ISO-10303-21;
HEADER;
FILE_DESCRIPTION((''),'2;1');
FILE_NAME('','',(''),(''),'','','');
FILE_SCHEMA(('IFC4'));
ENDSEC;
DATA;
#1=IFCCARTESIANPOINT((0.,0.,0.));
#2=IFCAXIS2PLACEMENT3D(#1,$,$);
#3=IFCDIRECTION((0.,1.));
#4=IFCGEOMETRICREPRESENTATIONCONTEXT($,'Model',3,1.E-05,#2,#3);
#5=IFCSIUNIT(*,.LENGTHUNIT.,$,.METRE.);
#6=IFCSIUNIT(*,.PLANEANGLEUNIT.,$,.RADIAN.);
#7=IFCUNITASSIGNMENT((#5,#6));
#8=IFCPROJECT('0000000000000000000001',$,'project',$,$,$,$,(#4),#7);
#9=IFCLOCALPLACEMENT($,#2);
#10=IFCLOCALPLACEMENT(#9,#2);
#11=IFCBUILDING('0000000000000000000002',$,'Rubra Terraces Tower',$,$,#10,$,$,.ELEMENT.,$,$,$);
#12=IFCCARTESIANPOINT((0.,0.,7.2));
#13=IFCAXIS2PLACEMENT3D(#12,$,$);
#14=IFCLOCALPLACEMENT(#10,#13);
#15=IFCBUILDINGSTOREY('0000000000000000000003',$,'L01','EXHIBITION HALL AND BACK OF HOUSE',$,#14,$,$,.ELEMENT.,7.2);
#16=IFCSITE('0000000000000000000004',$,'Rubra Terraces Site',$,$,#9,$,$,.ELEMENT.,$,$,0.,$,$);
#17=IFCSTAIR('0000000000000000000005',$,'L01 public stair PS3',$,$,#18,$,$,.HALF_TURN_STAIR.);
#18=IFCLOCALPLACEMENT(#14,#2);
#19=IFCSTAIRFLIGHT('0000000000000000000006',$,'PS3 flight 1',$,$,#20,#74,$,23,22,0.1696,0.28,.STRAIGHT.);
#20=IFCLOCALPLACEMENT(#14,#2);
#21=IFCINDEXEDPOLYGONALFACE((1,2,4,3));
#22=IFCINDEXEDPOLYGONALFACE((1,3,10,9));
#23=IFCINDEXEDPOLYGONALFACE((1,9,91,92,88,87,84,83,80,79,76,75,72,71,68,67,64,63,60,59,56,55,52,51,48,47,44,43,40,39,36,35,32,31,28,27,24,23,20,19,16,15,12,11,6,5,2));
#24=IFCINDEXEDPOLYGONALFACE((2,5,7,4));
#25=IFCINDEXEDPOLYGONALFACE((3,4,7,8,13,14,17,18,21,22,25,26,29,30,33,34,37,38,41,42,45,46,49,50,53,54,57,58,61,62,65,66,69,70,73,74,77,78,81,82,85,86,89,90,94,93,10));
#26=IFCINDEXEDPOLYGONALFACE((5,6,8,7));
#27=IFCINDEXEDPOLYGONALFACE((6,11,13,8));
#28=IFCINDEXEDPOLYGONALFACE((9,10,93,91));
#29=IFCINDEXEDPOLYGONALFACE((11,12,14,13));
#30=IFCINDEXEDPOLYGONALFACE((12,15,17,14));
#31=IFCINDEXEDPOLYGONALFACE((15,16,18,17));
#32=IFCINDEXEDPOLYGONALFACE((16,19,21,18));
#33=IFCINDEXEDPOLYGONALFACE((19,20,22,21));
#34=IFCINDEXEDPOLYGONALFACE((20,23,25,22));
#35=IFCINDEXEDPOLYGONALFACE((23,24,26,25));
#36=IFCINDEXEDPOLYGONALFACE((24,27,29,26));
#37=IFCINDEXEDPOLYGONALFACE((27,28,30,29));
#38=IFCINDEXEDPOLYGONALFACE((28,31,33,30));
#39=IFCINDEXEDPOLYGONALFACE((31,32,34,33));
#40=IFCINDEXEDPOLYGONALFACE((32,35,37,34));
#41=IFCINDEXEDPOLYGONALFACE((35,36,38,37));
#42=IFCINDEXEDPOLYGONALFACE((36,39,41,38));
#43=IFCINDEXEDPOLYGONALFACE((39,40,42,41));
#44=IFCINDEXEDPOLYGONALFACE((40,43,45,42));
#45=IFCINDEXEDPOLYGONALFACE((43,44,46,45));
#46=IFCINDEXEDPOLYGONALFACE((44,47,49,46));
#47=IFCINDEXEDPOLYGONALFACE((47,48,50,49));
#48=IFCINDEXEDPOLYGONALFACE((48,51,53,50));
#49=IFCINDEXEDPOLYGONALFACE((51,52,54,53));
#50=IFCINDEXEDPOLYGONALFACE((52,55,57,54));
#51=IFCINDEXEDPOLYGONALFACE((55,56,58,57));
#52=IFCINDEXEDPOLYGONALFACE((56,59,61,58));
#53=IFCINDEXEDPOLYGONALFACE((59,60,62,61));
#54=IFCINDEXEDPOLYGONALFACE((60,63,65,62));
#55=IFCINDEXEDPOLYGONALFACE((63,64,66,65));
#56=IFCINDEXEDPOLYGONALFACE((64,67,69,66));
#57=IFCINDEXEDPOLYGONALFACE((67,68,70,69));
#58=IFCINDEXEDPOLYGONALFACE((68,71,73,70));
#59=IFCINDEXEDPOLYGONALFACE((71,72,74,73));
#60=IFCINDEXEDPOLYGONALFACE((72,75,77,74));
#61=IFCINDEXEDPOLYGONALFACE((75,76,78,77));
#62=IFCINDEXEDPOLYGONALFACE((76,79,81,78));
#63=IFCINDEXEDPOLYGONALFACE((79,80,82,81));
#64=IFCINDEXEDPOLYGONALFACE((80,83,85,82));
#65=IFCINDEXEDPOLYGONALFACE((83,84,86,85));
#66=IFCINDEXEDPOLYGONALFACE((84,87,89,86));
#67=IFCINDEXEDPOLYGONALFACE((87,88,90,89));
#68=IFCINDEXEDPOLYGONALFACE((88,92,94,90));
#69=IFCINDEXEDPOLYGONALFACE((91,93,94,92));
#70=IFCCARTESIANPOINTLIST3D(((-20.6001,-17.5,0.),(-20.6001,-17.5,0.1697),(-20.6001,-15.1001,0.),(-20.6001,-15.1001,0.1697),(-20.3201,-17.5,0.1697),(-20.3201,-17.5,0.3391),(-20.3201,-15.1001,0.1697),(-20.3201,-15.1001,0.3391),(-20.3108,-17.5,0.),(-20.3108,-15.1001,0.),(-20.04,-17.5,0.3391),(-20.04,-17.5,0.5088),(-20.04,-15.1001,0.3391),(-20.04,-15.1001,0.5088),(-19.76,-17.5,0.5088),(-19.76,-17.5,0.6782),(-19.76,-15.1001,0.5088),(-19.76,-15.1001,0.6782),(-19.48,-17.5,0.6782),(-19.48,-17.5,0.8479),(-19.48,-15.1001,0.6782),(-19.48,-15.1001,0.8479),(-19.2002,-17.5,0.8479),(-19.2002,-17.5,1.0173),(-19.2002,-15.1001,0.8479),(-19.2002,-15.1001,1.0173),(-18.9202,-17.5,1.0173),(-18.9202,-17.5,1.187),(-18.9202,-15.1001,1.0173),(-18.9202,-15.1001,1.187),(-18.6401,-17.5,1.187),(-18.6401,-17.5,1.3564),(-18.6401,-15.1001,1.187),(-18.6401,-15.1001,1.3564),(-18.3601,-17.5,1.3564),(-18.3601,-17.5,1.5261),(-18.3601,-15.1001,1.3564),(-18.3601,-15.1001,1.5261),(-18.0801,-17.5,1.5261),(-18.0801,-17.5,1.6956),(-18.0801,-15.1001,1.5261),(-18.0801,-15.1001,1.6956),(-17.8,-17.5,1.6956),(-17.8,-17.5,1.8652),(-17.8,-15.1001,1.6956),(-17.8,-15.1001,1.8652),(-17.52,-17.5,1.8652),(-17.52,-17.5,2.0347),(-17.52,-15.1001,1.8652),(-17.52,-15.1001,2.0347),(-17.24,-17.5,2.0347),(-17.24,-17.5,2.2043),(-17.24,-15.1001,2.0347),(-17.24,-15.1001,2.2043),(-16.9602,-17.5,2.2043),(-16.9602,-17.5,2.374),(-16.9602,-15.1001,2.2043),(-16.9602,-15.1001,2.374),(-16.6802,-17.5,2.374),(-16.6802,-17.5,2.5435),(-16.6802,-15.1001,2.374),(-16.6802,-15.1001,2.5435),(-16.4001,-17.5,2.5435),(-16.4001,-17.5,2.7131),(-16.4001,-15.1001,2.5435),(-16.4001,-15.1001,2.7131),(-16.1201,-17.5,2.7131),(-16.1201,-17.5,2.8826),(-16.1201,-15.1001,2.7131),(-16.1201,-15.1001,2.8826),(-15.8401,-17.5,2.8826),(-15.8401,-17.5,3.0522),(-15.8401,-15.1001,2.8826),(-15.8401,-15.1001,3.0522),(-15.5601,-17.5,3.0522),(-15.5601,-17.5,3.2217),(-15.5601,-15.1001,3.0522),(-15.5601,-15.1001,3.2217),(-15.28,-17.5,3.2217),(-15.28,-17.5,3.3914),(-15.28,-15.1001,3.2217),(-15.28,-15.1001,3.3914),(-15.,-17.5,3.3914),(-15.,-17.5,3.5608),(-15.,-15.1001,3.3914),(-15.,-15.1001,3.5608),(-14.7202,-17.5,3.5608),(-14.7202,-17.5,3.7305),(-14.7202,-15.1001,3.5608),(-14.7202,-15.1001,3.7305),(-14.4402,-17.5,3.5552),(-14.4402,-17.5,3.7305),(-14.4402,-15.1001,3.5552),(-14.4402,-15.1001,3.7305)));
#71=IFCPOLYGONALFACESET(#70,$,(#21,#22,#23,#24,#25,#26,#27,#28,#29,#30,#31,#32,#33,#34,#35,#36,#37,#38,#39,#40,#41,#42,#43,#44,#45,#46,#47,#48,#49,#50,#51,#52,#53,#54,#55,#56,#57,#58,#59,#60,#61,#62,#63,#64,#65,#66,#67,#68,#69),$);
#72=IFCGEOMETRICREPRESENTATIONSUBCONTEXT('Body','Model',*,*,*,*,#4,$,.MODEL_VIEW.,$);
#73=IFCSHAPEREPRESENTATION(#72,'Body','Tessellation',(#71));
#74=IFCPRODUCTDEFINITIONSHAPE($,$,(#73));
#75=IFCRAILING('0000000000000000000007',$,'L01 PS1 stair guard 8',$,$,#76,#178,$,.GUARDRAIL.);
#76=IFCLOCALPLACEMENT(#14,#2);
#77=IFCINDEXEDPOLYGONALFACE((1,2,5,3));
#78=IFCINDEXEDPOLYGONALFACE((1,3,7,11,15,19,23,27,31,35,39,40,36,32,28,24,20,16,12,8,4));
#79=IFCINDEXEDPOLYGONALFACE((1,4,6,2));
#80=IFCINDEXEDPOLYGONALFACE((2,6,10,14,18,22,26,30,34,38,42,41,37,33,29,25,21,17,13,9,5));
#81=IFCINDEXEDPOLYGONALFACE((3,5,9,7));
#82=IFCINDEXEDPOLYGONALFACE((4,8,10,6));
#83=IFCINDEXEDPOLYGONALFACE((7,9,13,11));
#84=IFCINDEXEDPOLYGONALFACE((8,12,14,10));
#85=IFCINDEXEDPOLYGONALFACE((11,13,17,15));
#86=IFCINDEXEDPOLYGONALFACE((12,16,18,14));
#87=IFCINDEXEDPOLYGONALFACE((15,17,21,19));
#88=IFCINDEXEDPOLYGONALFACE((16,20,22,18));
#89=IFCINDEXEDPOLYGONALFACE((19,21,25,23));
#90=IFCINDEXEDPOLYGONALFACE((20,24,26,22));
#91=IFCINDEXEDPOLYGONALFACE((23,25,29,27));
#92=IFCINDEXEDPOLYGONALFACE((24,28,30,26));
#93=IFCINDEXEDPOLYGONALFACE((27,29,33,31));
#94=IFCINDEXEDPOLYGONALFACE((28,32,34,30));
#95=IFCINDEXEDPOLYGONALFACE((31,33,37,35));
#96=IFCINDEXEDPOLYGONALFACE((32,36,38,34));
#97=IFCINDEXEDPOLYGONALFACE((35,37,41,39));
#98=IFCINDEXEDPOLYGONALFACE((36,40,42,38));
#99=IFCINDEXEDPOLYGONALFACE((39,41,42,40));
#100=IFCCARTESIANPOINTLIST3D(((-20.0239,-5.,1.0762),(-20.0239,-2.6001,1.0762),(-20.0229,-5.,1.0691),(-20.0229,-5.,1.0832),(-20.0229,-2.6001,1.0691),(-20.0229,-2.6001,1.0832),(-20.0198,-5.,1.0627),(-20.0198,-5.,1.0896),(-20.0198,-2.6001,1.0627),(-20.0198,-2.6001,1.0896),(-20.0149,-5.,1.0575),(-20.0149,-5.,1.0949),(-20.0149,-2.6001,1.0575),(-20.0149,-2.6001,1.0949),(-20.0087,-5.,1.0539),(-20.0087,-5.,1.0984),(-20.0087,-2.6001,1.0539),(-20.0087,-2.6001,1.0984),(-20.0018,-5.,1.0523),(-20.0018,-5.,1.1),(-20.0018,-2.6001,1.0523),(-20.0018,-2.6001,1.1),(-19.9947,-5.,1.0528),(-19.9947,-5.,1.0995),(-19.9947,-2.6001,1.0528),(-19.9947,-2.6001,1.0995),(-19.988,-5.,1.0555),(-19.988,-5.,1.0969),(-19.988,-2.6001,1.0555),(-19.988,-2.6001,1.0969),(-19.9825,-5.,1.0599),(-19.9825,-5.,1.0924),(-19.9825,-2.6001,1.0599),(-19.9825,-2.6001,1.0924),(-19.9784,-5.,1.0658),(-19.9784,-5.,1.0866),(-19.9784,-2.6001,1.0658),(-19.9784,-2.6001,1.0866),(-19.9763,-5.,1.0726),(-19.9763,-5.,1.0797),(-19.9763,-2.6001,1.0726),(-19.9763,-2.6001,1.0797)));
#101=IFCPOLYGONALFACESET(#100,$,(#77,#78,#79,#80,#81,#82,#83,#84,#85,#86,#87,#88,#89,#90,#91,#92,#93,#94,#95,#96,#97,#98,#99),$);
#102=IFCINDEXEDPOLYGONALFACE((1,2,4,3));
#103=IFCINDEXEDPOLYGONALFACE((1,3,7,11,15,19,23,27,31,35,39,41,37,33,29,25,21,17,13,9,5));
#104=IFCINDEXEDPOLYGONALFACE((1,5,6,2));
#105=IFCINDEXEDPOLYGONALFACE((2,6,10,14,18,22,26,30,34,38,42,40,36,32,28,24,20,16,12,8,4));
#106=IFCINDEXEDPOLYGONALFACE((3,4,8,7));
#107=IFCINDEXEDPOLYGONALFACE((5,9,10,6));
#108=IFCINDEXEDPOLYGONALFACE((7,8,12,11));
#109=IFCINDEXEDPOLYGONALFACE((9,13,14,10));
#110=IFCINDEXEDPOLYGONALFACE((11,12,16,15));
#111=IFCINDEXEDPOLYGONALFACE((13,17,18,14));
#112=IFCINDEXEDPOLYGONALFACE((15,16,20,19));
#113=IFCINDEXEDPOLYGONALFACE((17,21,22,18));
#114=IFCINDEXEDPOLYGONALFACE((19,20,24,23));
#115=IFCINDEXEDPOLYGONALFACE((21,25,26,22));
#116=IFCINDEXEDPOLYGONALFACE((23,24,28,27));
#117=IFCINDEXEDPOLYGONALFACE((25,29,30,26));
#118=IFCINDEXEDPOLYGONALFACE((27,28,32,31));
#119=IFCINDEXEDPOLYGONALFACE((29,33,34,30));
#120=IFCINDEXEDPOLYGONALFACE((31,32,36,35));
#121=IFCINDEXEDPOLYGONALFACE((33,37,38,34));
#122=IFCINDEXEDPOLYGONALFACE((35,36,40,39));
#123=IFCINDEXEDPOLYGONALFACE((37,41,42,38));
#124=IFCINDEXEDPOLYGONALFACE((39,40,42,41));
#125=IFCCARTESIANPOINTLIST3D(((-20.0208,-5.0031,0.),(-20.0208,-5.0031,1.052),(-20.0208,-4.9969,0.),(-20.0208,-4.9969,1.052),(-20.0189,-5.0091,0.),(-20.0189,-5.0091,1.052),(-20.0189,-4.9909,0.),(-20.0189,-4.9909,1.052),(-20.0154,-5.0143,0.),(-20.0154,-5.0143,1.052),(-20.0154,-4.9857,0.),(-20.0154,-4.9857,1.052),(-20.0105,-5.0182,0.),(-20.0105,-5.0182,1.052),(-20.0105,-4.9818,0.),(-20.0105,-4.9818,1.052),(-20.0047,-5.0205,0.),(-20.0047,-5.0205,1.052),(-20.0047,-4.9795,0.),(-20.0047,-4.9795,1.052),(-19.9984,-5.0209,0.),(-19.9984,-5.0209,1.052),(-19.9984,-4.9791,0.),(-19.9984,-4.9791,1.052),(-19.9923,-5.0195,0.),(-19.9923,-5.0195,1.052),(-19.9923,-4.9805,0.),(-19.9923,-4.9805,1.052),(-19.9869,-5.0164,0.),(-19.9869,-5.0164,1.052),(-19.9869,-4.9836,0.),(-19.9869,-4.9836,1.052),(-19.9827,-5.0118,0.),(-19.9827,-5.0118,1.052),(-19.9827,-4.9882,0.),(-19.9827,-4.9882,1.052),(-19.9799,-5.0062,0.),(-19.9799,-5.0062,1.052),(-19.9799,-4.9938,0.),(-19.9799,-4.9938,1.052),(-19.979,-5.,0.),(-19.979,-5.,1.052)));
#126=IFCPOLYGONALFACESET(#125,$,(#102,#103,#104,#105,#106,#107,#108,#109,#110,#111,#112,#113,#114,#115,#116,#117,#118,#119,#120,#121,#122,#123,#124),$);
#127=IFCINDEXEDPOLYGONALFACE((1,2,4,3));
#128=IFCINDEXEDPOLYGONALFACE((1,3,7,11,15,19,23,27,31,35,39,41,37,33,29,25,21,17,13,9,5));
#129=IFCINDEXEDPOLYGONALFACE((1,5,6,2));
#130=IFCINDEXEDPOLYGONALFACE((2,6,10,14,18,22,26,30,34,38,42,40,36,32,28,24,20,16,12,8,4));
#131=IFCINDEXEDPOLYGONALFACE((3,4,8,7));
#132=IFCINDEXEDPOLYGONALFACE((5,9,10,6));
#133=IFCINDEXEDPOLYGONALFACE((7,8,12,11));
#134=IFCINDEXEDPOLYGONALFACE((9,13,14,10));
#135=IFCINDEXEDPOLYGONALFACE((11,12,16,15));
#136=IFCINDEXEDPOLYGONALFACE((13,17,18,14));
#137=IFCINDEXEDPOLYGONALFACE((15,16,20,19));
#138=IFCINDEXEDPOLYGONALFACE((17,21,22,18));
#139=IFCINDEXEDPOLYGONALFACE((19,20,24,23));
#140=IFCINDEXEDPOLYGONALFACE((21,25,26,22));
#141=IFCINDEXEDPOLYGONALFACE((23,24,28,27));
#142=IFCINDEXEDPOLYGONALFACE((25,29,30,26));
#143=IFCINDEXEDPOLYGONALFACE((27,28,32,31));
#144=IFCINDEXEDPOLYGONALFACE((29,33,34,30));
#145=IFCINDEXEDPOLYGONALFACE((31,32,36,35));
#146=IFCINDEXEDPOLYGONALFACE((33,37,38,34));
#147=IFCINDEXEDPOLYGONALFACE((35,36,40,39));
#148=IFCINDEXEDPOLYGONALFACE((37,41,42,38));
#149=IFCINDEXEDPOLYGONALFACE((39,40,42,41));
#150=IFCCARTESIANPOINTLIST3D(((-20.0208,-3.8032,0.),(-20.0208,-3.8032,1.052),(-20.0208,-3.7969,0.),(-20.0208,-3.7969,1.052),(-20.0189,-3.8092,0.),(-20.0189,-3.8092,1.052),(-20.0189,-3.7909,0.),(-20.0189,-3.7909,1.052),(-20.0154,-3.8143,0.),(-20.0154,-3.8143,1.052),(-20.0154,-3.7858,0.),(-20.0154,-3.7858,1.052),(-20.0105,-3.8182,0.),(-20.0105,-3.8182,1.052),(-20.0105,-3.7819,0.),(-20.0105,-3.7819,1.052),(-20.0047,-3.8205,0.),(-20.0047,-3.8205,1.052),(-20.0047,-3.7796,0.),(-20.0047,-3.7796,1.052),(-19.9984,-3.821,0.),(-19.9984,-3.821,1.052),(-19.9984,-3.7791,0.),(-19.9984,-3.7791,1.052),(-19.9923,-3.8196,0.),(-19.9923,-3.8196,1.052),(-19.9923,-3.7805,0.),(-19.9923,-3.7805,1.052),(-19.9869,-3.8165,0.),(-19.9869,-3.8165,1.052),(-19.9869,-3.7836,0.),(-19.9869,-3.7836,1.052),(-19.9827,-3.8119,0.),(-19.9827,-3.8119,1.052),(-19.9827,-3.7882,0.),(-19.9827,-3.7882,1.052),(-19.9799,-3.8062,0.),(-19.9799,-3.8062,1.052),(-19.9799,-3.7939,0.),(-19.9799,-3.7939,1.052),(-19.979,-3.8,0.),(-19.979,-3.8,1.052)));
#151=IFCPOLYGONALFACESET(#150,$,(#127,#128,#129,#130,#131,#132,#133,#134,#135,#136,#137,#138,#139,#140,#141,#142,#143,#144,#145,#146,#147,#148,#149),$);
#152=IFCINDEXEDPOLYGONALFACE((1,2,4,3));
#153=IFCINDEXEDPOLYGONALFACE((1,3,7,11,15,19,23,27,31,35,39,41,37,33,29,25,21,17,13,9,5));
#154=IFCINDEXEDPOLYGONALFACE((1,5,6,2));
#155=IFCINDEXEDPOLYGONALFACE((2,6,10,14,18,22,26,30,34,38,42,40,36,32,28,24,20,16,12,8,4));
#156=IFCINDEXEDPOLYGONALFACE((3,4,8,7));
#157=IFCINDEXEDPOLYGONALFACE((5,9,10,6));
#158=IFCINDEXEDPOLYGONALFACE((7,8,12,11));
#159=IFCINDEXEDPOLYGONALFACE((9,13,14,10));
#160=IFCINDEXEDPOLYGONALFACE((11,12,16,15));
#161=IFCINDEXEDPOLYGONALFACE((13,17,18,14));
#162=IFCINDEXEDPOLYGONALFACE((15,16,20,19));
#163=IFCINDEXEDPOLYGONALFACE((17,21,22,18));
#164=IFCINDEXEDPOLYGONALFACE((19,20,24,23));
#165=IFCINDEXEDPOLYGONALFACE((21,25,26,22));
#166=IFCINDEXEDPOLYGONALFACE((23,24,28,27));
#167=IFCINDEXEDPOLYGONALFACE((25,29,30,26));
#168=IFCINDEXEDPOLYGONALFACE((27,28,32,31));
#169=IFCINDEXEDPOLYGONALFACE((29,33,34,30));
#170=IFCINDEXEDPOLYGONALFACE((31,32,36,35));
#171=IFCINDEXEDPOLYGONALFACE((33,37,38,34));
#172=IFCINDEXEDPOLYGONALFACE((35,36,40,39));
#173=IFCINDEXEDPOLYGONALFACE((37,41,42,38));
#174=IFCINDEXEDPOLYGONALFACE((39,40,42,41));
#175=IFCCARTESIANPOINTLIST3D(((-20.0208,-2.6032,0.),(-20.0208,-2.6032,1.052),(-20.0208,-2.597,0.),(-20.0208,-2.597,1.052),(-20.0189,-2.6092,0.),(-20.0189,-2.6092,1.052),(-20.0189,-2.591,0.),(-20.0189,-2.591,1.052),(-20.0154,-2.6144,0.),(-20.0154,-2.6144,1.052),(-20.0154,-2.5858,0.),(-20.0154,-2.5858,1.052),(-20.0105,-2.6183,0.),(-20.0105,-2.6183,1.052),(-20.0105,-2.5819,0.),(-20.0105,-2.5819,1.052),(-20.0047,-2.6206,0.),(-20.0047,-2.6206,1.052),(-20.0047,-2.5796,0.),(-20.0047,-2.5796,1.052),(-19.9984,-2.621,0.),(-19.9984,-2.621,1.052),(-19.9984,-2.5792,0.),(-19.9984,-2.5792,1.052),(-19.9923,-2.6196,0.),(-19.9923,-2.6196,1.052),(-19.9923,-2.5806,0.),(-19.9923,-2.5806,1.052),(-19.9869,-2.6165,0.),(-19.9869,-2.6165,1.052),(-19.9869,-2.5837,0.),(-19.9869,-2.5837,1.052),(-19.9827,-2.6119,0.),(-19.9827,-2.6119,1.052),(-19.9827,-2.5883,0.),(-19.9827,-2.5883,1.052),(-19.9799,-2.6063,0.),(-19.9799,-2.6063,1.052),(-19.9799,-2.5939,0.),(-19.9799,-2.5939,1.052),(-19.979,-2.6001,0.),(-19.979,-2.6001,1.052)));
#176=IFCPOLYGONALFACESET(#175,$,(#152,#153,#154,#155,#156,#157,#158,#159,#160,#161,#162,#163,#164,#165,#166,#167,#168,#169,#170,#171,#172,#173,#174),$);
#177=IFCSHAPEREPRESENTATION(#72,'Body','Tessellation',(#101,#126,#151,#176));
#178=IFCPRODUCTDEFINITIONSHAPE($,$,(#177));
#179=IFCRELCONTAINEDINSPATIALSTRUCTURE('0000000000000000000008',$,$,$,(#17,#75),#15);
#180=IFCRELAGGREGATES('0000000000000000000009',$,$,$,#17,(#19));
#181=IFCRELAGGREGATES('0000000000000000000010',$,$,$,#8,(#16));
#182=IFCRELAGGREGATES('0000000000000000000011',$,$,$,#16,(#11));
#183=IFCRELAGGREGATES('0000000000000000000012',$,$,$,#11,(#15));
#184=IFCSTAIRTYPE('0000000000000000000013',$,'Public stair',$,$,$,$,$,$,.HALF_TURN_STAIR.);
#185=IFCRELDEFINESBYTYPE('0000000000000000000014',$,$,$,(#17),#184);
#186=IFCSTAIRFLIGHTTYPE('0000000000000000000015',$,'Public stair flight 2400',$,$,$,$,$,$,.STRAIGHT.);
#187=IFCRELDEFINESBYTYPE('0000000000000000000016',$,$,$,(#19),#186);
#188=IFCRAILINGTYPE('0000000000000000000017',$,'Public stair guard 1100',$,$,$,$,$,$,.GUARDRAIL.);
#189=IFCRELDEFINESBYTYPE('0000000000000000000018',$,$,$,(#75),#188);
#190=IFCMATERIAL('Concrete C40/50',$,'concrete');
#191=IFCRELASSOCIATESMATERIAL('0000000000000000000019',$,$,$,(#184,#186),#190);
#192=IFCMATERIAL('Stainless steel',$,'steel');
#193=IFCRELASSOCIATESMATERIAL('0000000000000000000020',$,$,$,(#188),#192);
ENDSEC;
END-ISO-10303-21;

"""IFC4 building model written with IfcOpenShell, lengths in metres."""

from ifc_helpers import new_model, si_unit, direction, frame, origin, origin_2d, place, context, subcontext, project, spatial, polyline, circle, outline, extrude, material, type_object, element, aggregate, save


model = new_model("IFC4")

# Units and contexts
model_context = context("Model", 3, precision=1e-05, world=origin(), true_north=direction((0.0, 1.0)))
body_context = subcontext(model_context, "Body", "Model", "MODEL_VIEW")
ifc_project = project(units=[si_unit("LENGTHUNIT", "METRE"), si_unit("PLANEANGLEUNIT", "RADIAN")], contexts=[model_context])

# Site, building, storey
site_placement = place(None, origin())
site = spatial("IfcSite", under=ifc_project, at=site_placement, Name="Rubra Terraces Site", CompositionType="ELEMENT", RefElevation=0.0)
building_placement = place(site_placement, origin())
building = spatial("IfcBuilding", under=site, at=building_placement, Name="Rubra Terraces Tower", CompositionType="ELEMENT")
storey_placement = place(building_placement, frame((0.0, 0.0, 7.2)))
storey = spatial("IfcBuildingStorey", under=building, at=storey_placement, Name="L01", Description="EXHIBITION HALL AND BACK OF HOUSE", CompositionType="ELEMENT", Elevation=7.2)

# Shared definitions
ifc_material_1 = material(Name="Concrete C40/50", Category="concrete")

# Stair, stair flight
stair_type = type_object("IfcStairType", Name="Public stair", PredefinedType="HALF_TURN_STAIR", material=ifc_material_1)
stair_placement = place(storey_placement, origin())
stair = element("IfcStair", 1, at=stair_placement, inside=storey, type_object=stair_type, Name="L01 public stair PS3", PredefinedType="HALF_TURN_STAIR")
stair_flight_type = type_object("IfcStairFlightType", Name="Public stair flight 2400", PredefinedType="STRAIGHT", material=ifc_material_1)
stair_flight_placement = place(storey_placement, frame((-20.6001, -16.3, 0.0), z_axis=(0.0, 0.0, 1.0), x_axis=(1.0, 0.0, 0.0)))
stair_flight = element("IfcStairFlight", 2, at=stair_flight_placement, type_object=stair_flight_type, Name="PS3 flight 1", NumberOfRisers=23, NumberOfTreads=22, PredefinedType="STRAIGHT", RiserHeight=0.1696, TreadLength=0.28, context=body_context, shape_type="SweptSolid", body=[
    extrude(outline(polyline([(0.0, 0.0), (0.0, 0.1697), (0.28, 0.1697), (0.28, 0.3391), (0.5601, 0.3391), (0.5601, 0.5088), (0.8401, 0.5088), (0.8401, 0.6782), (1.1201, 0.6782), (1.1201, 0.8479), (1.3999, 0.8479), (1.3999, 1.0173), (1.6799, 1.0173), (1.6799, 1.187), (1.96, 1.187), (1.96, 1.3564), (2.24, 1.3564), (2.24, 1.5261), (2.52, 1.5261), (2.52, 1.6956), (2.8, 1.6956), (2.8, 1.8652), (3.0801, 1.8652), (3.0801, 2.0347), (3.3601, 2.0347), (3.3601, 2.2043), (3.6399, 2.2043), (3.6399, 2.374), (3.9199, 2.374), (3.9199, 2.5435), (4.2, 2.5435), (4.2, 2.7131), (4.48, 2.7131), (4.48, 2.8826), (4.76, 2.8826), (4.76, 3.0522), (5.04, 3.0522), (5.04, 3.2217), (5.3201, 3.2217), (5.3201, 3.3914), (5.6001, 3.3914), (5.6001, 3.5608), (5.8799, 3.5608), (5.8799, 3.7305), (6.1599, 3.7305), (6.1599, 3.8999), (6.1599, 3.5552), (0.2893, 0.0), (0.0, 0.0)])), frame((0.0, 1.2, 0.0), z_axis=(0.0, -1.0, 0.0), x_axis=(1.0, 0.0, 0.0)), (0.0, 0.0, 1.0), 2.3999),
])
aggregate(stair, [stair_flight])

# Railing
ifc_material_2 = material(Name="Stainless steel", Category="steel")
railing_type_1 = type_object("IfcRailingType", Name="Public stair guard 1100", PredefinedType="GUARDRAIL", material=ifc_material_2)
railing_1_placement = place(storey_placement, frame((-20.0, -5.0, 0.0)))
element("IfcRailing", 3, at=railing_1_placement, inside=storey, type_object=railing_type_1, Name="L01 PS1 stair guard 8", PredefinedType="GUARDRAIL", context=body_context, shape_type="SweptSolid", body=[
    extrude(circle(Radius=0.0239, at=origin_2d()), frame((0.0, 0.0, 1.0762), z_axis=(0.0, 1.0, 0.0), x_axis=(-1.0, 0.0, 0.0)), (0.0, 0.0, 1.0), 2.3999),
    extrude(circle(Radius=0.021, at=origin_2d()), origin(), (0.0, 0.0, 1.0), 1.052),
    extrude(circle(Radius=0.021, at=origin_2d()), frame((0.0, 1.2, 0.0)), (0.0, 0.0, 1.0), 1.052),
    extrude(circle(Radius=0.021, at=origin_2d()), frame((0.0, 2.3999, 0.0)), (0.0, 0.0, 1.0), 1.052),
])

save(model, "model.ifc")
